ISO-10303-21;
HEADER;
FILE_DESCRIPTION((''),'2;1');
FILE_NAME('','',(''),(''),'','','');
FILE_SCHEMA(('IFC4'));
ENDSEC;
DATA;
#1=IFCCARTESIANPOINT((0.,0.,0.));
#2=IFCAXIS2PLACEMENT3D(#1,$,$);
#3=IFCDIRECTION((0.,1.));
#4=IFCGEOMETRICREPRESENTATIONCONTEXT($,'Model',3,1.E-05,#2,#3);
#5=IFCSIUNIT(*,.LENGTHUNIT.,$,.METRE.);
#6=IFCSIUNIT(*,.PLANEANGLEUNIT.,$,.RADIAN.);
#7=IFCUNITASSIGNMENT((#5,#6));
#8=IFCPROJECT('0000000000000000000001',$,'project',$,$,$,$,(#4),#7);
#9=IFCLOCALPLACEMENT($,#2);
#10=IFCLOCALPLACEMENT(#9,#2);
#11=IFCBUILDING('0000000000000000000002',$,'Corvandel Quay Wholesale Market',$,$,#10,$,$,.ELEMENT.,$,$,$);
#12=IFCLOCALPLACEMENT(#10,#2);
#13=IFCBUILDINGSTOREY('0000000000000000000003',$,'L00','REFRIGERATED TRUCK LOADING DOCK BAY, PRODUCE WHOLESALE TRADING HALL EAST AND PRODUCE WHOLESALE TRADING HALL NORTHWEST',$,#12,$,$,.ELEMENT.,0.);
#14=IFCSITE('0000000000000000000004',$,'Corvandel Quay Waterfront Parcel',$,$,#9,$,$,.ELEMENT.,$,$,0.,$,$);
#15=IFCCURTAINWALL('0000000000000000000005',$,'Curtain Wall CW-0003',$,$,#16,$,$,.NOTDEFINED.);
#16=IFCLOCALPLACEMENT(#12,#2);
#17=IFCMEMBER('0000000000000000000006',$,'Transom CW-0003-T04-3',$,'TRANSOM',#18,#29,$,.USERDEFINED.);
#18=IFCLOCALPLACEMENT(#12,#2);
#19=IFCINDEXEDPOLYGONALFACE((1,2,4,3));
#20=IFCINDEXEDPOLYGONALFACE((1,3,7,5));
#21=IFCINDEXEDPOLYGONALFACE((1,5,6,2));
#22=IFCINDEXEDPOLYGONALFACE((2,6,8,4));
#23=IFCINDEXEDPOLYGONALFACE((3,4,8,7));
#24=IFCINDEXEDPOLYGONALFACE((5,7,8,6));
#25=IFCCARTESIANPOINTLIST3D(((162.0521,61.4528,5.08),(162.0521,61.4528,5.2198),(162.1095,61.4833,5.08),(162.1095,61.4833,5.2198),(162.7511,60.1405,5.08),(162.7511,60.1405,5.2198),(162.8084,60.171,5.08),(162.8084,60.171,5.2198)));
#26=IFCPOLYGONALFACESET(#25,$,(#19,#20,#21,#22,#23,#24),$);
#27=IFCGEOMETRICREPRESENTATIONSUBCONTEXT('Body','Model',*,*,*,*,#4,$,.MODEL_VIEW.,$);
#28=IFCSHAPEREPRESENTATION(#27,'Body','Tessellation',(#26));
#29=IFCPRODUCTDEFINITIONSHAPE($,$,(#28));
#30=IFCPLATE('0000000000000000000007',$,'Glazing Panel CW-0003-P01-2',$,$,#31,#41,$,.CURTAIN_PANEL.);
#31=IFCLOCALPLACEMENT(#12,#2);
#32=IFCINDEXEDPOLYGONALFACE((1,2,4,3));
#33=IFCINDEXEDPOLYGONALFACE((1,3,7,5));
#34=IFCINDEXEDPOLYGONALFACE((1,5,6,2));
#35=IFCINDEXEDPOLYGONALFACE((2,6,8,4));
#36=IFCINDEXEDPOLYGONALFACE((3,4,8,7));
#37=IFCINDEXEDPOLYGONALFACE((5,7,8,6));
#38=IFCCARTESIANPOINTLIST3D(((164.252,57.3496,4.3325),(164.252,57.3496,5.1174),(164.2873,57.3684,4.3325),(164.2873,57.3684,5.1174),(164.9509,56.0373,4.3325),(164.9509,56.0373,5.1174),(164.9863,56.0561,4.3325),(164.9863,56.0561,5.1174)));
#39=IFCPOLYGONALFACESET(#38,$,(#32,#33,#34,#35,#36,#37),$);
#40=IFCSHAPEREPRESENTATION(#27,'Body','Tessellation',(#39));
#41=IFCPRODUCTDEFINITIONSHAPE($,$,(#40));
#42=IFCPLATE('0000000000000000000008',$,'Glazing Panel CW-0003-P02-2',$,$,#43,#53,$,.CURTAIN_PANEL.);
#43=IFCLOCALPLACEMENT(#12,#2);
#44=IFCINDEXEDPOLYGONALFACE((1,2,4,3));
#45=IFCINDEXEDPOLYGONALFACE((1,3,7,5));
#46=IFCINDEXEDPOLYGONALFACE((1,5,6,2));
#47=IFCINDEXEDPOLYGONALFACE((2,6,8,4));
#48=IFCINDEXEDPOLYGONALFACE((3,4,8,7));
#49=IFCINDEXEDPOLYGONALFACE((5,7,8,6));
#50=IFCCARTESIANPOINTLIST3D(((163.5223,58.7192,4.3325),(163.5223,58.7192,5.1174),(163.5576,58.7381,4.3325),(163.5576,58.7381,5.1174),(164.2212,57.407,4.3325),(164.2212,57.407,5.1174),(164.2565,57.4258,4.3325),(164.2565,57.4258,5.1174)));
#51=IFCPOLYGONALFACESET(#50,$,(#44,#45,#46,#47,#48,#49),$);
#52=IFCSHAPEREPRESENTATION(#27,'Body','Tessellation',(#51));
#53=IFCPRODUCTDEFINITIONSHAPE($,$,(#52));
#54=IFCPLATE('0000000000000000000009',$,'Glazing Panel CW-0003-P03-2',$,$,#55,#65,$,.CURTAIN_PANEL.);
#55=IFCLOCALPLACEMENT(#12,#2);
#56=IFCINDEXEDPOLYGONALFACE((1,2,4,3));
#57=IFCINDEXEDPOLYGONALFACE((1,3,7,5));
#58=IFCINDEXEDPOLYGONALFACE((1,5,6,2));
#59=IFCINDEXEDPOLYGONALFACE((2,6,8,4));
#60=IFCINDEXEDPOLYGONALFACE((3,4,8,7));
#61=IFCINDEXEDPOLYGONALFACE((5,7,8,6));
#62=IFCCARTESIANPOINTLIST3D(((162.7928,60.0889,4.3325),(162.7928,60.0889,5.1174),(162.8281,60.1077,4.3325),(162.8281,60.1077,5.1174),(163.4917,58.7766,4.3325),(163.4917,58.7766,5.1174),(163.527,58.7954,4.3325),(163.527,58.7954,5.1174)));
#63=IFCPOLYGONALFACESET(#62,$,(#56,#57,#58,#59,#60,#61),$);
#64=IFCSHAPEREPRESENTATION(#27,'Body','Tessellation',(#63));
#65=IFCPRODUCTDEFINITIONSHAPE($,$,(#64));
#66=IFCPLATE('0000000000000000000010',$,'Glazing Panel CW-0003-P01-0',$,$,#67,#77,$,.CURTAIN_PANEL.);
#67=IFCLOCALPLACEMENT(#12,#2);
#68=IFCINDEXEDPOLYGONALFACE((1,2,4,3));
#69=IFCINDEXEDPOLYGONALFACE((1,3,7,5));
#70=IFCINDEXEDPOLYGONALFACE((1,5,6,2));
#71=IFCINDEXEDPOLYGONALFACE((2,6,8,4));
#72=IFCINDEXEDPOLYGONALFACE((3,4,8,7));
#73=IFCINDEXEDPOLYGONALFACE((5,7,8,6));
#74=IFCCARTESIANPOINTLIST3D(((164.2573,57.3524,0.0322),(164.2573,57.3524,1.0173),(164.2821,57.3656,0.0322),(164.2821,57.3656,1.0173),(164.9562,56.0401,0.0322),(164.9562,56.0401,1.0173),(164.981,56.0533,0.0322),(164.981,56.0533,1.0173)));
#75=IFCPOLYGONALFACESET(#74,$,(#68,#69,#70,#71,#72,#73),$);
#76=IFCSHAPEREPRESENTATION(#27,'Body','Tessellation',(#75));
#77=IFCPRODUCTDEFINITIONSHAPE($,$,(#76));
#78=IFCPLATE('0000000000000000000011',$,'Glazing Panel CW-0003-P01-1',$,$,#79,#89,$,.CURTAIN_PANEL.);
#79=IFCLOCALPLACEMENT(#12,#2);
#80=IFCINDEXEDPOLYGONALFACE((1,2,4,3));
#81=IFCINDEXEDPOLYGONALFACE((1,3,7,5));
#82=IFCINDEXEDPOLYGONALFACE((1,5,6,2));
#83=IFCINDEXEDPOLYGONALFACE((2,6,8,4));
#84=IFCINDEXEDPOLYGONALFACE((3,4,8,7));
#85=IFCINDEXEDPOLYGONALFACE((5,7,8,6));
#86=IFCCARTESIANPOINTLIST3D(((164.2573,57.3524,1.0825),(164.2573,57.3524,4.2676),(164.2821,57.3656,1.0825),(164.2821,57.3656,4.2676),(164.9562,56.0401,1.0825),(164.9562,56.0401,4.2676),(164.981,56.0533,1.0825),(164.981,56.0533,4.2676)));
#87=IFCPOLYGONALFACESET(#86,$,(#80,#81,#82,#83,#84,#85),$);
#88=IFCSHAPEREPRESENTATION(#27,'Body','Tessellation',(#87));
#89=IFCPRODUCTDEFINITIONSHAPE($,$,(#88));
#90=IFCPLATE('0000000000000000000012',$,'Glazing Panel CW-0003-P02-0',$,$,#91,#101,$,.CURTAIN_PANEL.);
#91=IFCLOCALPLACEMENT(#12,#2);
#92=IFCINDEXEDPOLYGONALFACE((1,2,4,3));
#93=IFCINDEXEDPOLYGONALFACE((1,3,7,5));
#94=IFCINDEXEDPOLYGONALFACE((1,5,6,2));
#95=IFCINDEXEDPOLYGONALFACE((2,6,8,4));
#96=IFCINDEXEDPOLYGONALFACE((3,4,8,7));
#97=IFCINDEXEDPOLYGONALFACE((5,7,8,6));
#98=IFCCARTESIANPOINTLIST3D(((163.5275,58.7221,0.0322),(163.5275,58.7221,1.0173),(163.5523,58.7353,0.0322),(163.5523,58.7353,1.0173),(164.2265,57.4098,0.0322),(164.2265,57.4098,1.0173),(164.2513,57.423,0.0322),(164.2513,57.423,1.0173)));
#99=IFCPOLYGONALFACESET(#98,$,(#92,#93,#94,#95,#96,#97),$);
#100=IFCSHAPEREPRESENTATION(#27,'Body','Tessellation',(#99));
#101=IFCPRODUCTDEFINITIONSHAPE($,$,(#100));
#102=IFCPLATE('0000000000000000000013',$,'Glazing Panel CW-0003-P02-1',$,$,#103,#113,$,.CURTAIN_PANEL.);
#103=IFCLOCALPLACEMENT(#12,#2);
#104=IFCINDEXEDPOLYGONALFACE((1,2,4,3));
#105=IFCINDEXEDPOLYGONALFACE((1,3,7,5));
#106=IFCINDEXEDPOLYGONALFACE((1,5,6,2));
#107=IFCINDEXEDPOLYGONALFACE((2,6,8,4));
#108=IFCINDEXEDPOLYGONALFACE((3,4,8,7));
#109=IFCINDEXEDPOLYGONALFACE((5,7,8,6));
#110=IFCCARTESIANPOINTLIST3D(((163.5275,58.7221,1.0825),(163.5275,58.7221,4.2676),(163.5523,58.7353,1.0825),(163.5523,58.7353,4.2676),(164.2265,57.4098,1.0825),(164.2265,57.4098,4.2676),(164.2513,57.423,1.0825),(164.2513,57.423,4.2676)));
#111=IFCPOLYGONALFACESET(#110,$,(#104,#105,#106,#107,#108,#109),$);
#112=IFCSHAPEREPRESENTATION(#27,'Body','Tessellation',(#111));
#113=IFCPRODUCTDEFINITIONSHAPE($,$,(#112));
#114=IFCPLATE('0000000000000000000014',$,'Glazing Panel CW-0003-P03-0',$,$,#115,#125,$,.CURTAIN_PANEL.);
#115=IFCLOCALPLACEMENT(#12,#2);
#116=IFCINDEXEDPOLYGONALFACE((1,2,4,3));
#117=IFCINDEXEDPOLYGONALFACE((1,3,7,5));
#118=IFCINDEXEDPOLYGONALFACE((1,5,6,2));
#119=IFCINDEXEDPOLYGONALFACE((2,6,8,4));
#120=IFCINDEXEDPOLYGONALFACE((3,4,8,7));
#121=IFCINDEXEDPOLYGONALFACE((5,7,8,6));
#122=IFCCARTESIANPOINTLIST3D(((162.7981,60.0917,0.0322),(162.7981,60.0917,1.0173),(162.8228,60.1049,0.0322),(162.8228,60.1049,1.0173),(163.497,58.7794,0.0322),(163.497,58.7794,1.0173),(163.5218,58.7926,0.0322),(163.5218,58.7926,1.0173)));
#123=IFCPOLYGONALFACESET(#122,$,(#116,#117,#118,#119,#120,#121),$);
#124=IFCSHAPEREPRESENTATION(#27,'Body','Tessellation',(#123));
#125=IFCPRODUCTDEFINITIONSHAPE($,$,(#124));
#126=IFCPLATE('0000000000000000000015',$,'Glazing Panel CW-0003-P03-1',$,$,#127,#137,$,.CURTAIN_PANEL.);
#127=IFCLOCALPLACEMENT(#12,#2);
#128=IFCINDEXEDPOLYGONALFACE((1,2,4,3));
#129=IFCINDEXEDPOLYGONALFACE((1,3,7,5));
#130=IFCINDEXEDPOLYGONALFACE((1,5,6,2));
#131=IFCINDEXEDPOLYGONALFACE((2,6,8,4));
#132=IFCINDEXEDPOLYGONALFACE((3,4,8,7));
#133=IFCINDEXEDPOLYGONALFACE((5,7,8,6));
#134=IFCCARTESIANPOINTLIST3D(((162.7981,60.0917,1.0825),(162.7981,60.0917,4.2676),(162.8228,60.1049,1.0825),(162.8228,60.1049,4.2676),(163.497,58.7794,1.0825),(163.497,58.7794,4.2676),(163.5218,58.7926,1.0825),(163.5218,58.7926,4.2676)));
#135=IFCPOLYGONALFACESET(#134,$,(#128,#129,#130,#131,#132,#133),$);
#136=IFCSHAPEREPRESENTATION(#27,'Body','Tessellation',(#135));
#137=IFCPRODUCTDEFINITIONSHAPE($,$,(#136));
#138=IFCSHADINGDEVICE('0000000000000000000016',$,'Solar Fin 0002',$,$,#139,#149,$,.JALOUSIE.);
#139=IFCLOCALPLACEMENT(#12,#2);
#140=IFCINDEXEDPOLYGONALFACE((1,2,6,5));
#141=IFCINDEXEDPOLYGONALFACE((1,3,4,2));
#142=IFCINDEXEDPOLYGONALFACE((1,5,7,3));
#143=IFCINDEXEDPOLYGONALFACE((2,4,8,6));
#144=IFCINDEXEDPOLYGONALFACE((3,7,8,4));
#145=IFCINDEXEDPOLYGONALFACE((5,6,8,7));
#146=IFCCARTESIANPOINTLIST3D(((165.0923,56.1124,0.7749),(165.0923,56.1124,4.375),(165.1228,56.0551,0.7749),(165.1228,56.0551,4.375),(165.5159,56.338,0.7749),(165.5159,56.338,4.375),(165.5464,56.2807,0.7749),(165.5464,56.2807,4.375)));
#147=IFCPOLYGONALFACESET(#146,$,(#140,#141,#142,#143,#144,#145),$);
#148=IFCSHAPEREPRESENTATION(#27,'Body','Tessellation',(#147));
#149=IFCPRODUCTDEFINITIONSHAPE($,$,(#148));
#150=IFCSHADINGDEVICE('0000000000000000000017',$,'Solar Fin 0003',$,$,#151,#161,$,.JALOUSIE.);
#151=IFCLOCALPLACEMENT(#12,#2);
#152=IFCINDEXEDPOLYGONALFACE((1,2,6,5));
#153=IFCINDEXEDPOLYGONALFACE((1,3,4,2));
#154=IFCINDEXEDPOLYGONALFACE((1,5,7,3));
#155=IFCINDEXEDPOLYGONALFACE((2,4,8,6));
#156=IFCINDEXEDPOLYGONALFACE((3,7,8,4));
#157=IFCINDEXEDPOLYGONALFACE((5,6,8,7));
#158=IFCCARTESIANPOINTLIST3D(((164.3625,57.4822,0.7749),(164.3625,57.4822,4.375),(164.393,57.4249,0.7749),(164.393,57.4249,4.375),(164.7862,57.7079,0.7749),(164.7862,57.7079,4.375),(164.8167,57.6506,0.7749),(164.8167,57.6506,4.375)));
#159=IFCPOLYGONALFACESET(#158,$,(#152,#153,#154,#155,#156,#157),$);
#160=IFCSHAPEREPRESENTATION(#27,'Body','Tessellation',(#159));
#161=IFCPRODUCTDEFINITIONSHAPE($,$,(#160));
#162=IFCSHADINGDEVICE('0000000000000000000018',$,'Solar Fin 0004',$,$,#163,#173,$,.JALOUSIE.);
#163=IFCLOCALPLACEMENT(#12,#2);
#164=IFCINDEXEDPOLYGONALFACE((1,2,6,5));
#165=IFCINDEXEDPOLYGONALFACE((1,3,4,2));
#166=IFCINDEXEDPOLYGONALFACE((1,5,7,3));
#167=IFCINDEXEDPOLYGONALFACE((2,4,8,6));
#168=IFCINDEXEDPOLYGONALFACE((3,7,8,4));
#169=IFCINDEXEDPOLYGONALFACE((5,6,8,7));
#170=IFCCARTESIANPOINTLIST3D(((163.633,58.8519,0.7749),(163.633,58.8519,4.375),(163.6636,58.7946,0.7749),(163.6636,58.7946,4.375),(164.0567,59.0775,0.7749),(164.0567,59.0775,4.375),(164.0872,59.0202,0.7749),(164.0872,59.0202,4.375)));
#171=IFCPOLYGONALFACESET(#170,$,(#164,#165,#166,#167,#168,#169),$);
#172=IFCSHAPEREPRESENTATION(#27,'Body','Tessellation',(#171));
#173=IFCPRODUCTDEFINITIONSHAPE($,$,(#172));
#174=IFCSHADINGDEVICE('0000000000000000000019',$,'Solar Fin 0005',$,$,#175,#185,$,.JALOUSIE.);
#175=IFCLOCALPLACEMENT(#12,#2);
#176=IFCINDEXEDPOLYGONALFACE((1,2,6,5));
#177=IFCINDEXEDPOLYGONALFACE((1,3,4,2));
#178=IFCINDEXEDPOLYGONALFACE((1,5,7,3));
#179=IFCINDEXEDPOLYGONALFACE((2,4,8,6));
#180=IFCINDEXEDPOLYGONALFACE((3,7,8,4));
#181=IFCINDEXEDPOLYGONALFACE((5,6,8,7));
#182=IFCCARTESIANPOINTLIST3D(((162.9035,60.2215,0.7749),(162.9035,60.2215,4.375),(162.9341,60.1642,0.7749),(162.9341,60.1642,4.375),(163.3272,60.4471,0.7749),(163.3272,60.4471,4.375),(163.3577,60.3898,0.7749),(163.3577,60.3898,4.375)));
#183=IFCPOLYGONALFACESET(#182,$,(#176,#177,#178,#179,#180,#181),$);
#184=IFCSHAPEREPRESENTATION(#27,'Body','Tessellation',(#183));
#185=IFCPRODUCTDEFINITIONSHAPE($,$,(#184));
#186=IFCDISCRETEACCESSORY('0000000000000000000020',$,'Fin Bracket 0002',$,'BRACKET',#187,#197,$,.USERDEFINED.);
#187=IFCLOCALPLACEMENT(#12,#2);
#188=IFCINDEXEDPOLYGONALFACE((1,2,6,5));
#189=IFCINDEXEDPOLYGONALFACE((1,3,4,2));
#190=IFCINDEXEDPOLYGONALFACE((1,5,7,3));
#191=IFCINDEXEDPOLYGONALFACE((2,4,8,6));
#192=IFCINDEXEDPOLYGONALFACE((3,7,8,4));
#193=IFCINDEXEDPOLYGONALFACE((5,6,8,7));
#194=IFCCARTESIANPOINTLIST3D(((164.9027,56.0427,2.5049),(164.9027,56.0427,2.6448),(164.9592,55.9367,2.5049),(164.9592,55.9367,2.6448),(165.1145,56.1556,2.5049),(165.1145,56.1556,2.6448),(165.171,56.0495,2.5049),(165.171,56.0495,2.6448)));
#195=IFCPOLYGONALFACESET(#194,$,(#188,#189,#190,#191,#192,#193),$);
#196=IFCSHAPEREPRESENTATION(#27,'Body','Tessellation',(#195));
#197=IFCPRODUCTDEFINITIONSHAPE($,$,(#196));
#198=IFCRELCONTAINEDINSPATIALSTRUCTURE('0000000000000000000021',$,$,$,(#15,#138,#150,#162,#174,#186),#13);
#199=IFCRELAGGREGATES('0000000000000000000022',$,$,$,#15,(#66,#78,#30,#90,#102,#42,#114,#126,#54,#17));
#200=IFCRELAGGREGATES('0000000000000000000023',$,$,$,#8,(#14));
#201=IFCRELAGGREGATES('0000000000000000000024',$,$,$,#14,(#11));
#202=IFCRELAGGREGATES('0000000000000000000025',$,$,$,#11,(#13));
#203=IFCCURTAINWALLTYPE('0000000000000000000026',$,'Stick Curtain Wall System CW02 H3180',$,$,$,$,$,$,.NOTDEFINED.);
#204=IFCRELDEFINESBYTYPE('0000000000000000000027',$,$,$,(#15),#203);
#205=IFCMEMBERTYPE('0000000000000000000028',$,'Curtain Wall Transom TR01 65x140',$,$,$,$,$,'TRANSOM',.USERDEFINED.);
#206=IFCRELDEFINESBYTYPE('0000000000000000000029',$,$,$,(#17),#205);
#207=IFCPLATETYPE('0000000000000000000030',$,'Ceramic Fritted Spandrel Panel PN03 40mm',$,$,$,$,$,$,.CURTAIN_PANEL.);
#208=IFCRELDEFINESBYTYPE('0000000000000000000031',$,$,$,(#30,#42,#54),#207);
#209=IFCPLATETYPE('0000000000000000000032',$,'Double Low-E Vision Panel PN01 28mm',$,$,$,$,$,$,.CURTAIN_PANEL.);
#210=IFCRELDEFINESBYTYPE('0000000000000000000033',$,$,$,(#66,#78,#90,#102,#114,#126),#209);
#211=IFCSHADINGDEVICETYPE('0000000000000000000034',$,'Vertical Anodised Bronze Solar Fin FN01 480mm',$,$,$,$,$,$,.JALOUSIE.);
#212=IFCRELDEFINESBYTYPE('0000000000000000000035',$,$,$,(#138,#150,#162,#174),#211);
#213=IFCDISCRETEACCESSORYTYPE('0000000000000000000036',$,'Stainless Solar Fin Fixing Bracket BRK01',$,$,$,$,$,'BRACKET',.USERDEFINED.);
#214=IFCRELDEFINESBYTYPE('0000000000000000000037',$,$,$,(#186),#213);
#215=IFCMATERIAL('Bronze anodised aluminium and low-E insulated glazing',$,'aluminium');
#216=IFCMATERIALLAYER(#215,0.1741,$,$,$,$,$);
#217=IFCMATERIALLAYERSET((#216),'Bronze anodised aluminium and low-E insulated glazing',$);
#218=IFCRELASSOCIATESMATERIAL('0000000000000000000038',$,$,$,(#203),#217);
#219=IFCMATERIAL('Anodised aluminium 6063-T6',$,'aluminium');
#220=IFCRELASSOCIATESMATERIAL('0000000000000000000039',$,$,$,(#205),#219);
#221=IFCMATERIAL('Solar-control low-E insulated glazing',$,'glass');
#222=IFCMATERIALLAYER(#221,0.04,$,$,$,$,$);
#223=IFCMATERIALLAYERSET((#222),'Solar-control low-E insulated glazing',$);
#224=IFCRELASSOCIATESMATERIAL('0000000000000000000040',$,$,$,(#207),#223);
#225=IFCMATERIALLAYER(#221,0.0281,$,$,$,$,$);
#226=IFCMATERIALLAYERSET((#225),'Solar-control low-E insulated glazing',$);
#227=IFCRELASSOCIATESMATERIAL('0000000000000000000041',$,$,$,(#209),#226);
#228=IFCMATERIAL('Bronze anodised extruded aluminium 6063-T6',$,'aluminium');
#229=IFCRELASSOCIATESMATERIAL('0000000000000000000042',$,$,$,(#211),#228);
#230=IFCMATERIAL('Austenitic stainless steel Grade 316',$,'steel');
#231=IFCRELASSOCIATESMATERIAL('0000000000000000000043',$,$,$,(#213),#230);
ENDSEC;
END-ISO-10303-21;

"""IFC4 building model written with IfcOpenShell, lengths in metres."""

from ifc_helpers import new_model, si_unit, direction, frame, origin, origin_2d, place, context, subcontext, project, spatial, rectangle, extrude, material, layer, layer_set, material_profile, profile_set, type_object, element, aggregate, save


model = new_model("IFC4")

# Units and contexts
model_context = context("Model", 3, precision=1e-05, world=origin(), true_north=direction((0.0, 1.0)))
body_context = subcontext(model_context, "Body", "Model", "MODEL_VIEW")
ifc_project = project(units=[si_unit("LENGTHUNIT", "METRE"), si_unit("PLANEANGLEUNIT", "RADIAN")], contexts=[model_context])

# Site, building, storey
site_placement = place(None, origin())
site = spatial("IfcSite", under=ifc_project, at=site_placement, Name="Corvandel Quay Waterfront Parcel", CompositionType="ELEMENT", RefElevation=0.0)
building_placement = place(site_placement, origin())
building = spatial("IfcBuilding", under=site, at=building_placement, Name="Corvandel Quay Wholesale Market", CompositionType="ELEMENT")
storey_placement = place(building_placement, origin())
storey = spatial("IfcBuildingStorey", under=building, at=storey_placement, Name="L00", Description="REFRIGERATED TRUCK LOADING DOCK BAY, PRODUCE WHOLESALE TRADING HALL EAST AND PRODUCE WHOLESALE TRADING HALL NORTHWEST", CompositionType="ELEMENT", Elevation=0.0)

# Curtain wall, member, plates
ifc_material_1 = material(Name="Bronze anodised aluminium and low-E insulated glazing", Category="aluminium")
ifc_layer_1 = layer(ifc_material_1, 0.1741)
ifc_layer_set_1 = layer_set([ifc_layer_1], Name="Bronze anodised aluminium and low-E insulated glazing")
curtain_wall_type = type_object("IfcCurtainWallType", Name="Stick Curtain Wall System CW02 H3180", PredefinedType="NOTDEFINED", material=ifc_layer_set_1)
curtain_wall_placement = place(storey_placement, origin())
curtain_wall = element("IfcCurtainWall", 1, at=curtain_wall_placement, inside=storey, type_object=curtain_wall_type, Name="Curtain Wall CW-0003", PredefinedType="NOTDEFINED")
ifc_material_2 = material(Name="Anodised aluminium 6063-T6", Category="aluminium")
ifc_material_profile_1 = material_profile(ifc_material_2, rectangle(XDim=0.0649, YDim=0.1399, at=origin_2d()), Name="ALU-TRN-65x140")
ifc_profile_set_1 = profile_set([ifc_material_profile_1], Name="Anodised aluminium 6063-T6")
member_type_1 = type_object("IfcMemberType", Name="Curtain Wall Transom TR01 65x140", ElementType="TRANSOM", PredefinedType="USERDEFINED", material=ifc_profile_set_1)
member_1_placement = place(storey_placement, frame((162.7798, 60.1558, 5.1499), z_axis=(-0.470119, 0.882603, 0.0), x_axis=(-0.882603, -0.470119, 0.0)))
member_1 = element("IfcMember", 2, at=member_1_placement, type_object=member_type_1, Name="Transom CW-0003-T04-3", ObjectType="TRANSOM", PredefinedType="USERDEFINED", context=body_context, shape_type="SweptSolid", body=[
    extrude(rectangle(XDim=0.0649, YDim=0.1399, at=origin_2d()), origin(), (0.0, 0.0, 1.0), 1.4868),
])
ifc_material_3 = material(Name="Solar-control low-E insulated glazing", Category="glass")
ifc_layer_2 = layer(ifc_material_3, 0.04)
ifc_layer_set_2 = layer_set([ifc_layer_2], Name="Solar-control low-E insulated glazing")
plate_type_1 = type_object("IfcPlateType", Name="Ceramic Fritted Spandrel Panel PN03 40mm", PredefinedType="CURTAIN_PANEL", material=ifc_layer_set_2)
plate_1_placement = place(storey_placement, frame((164.6191, 56.7029, 4.3325), z_axis=(0.0, 0.0, 1.0), x_axis=(-0.470088, 0.88262, 0.0)))
plate_1 = element("IfcPlate", 3, at=plate_1_placement, type_object=plate_type_1, Name="Glazing Panel CW-0003-P01-2", PredefinedType="CURTAIN_PANEL", context=body_context, shape_type="SweptSolid", body=[
    extrude(rectangle(XDim=1.4868, YDim=0.04, at=origin_2d()), origin(), (0.0, 0.0, 1.0), 0.7849),
])
plate_2_placement = place(storey_placement, frame((163.8894, 58.0725, 4.3325), z_axis=(0.0, 0.0, 1.0), x_axis=(-0.470088, 0.88262, 0.0)))
plate_2 = element("IfcPlate", 4, at=plate_2_placement, type_object=plate_type_1, Name="Glazing Panel CW-0003-P02-2", PredefinedType="CURTAIN_PANEL", context=body_context, shape_type="SweptSolid", body=[
    extrude(rectangle(XDim=1.4868, YDim=0.04, at=origin_2d()), origin(), (0.0, 0.0, 1.0), 0.7849),
])
plate_3_placement = place(storey_placement, frame((163.1599, 59.4421, 4.3325), z_axis=(0.0, 0.0, 1.0), x_axis=(-0.470088, 0.88262, 0.0)))
plate_3 = element("IfcPlate", 5, at=plate_3_placement, type_object=plate_type_1, Name="Glazing Panel CW-0003-P03-2", PredefinedType="CURTAIN_PANEL", context=body_context, shape_type="SweptSolid", body=[
    extrude(rectangle(XDim=1.4868, YDim=0.04, at=origin_2d()), origin(), (0.0, 0.0, 1.0), 0.7849),
])
ifc_layer_3 = layer(ifc_material_3, 0.0281)
ifc_layer_set_3 = layer_set([ifc_layer_3], Name="Solar-control low-E insulated glazing")
plate_type_2 = type_object("IfcPlateType", Name="Double Low-E Vision Panel PN01 28mm", PredefinedType="CURTAIN_PANEL", material=ifc_layer_set_3)
plate_4_placement = place(storey_placement, frame((164.6191, 56.7029, 0.0322), z_axis=(0.0, 0.0, 1.0), x_axis=(-0.470088, 0.88262, 0.0)))
plate_4 = element("IfcPlate", 6, at=plate_4_placement, type_object=plate_type_2, Name="Glazing Panel CW-0003-P01-0", PredefinedType="CURTAIN_PANEL", context=body_context, shape_type="SweptSolid", body=[
    extrude(rectangle(XDim=1.4868, YDim=0.0281, at=origin_2d()), origin(), (0.0, 0.0, 1.0), 0.9851),
])
plate_5_placement = place(storey_placement, frame((164.6191, 56.7029, 1.0825), z_axis=(0.0, 0.0, 1.0), x_axis=(-0.470088, 0.88262, 0.0)))
plate_5 = element("IfcPlate", 7, at=plate_5_placement, type_object=plate_type_2, Name="Glazing Panel CW-0003-P01-1", PredefinedType="CURTAIN_PANEL", context=body_context, shape_type="SweptSolid", body=[
    extrude(rectangle(XDim=1.4868, YDim=0.0281, at=origin_2d()), origin(), (0.0, 0.0, 1.0), 3.1851),
])
plate_6_placement = place(storey_placement, frame((163.8894, 58.0725, 0.0322), z_axis=(0.0, 0.0, 1.0), x_axis=(-0.470088, 0.88262, 0.0)))
plate_6 = element("IfcPlate", 8, at=plate_6_placement, type_object=plate_type_2, Name="Glazing Panel CW-0003-P02-0", PredefinedType="CURTAIN_PANEL", context=body_context, shape_type="SweptSolid", body=[
    extrude(rectangle(XDim=1.4868, YDim=0.0281, at=origin_2d()), origin(), (0.0, 0.0, 1.0), 0.9851),
])
plate_7_placement = place(storey_placement, frame((163.8894, 58.0725, 1.0825), z_axis=(0.0, 0.0, 1.0), x_axis=(-0.470088, 0.88262, 0.0)))
plate_7 = element("IfcPlate", 9, at=plate_7_placement, type_object=plate_type_2, Name="Glazing Panel CW-0003-P02-1", PredefinedType="CURTAIN_PANEL", context=body_context, shape_type="SweptSolid", body=[
    extrude(rectangle(XDim=1.4868, YDim=0.0281, at=origin_2d()), origin(), (0.0, 0.0, 1.0), 3.1851),
])
plate_8_placement = place(storey_placement, frame((163.1599, 59.4421, 0.0322), z_axis=(0.0, 0.0, 1.0), x_axis=(-0.470088, 0.88262, 0.0)))
plate_8 = element("IfcPlate", 10, at=plate_8_placement, type_object=plate_type_2, Name="Glazing Panel CW-0003-P03-0", PredefinedType="CURTAIN_PANEL", context=body_context, shape_type="SweptSolid", body=[
    extrude(rectangle(XDim=1.4868, YDim=0.0281, at=origin_2d()), origin(), (0.0, 0.0, 1.0), 0.9851),
])
plate_9_placement = place(storey_placement, frame((163.1599, 59.4421, 1.0825), z_axis=(0.0, 0.0, 1.0), x_axis=(-0.470088, 0.88262, 0.0)))
plate_9 = element("IfcPlate", 11, at=plate_9_placement, type_object=plate_type_2, Name="Glazing Panel CW-0003-P03-1", PredefinedType="CURTAIN_PANEL", context=body_context, shape_type="SweptSolid", body=[
    extrude(rectangle(XDim=1.4868, YDim=0.0281, at=origin_2d()), origin(), (0.0, 0.0, 1.0), 3.1851),
])
aggregate(curtain_wall, [plate_4, plate_5, plate_1, plate_6, plate_7, plate_2, plate_8, plate_9, plate_3, member_1])

# Shading devices
ifc_material_4 = material(Name="Bronze anodised extruded aluminium 6063-T6", Category="aluminium")
shading_device_type = type_object("IfcShadingDeviceType", Name="Vertical Anodised Bronze Solar Fin FN01 480mm", PredefinedType="JALOUSIE", material=ifc_material_4)
for number, where, z_axis, x_axis, name in (
    (12, (165.3193, 56.1965, 0.7749), (0.0, 0.0, 1.0), (0.88262, 0.470088, 0.0), "Solar Fin 0002"),
    (13, (164.5896, 57.5664, 0.7749), (0.0, 0.0, 1.0), (0.88262, 0.470088, 0.0), "Solar Fin 0003"),
    (14, (163.8601, 58.936, 0.7749), (0.0, 0.0, 1.0), (0.88262, 0.470088, 0.0), "Solar Fin 0004"),
    (15, (163.1306, 60.3057, 0.7749), (0.0, 0.0, 1.0), (0.88262, 0.470088, 0.0), "Solar Fin 0005"),
):
    element("IfcShadingDevice", number, at=place(storey_placement, frame(where, z_axis=z_axis, x_axis=x_axis)), inside=storey, type_object=shading_device_type, Name=name, PredefinedType="JALOUSIE", context=body_context, shape_type="SweptSolid", body=[
        extrude(rectangle(XDim=0.48, YDim=0.0649, at=origin_2d()), origin(), (0.0, 0.0, 1.0), 3.6001),
    ])

# Discrete accessory
ifc_material_5 = material(Name="Austenitic stainless steel Grade 316", Category="steel")
discrete_accessory_type = type_object("IfcDiscreteAccessoryType", Name="Stainless Solar Fin Fixing Bracket BRK01", ElementType="BRACKET", PredefinedType="USERDEFINED", material=ifc_material_5)
for number, where, z_axis, x_axis, name in (
    (16, (165.0369, 56.0461, 2.5049), (0.0, 0.0, 1.0), (0.88262, 0.470088, 0.0), "Fin Bracket 0002"),
):
    element("IfcDiscreteAccessory", number, at=place(storey_placement, frame(where, z_axis=z_axis, x_axis=x_axis)), inside=storey, type_object=discrete_accessory_type, Name=name, ObjectType="BRACKET", PredefinedType="USERDEFINED", context=body_context, shape_type="SweptSolid", body=[
        extrude(rectangle(XDim=0.24, YDim=0.1201, at=origin_2d()), origin(), (0.0, 0.0, 1.0), 0.1399),
    ])

save(model, "model.ifc")
